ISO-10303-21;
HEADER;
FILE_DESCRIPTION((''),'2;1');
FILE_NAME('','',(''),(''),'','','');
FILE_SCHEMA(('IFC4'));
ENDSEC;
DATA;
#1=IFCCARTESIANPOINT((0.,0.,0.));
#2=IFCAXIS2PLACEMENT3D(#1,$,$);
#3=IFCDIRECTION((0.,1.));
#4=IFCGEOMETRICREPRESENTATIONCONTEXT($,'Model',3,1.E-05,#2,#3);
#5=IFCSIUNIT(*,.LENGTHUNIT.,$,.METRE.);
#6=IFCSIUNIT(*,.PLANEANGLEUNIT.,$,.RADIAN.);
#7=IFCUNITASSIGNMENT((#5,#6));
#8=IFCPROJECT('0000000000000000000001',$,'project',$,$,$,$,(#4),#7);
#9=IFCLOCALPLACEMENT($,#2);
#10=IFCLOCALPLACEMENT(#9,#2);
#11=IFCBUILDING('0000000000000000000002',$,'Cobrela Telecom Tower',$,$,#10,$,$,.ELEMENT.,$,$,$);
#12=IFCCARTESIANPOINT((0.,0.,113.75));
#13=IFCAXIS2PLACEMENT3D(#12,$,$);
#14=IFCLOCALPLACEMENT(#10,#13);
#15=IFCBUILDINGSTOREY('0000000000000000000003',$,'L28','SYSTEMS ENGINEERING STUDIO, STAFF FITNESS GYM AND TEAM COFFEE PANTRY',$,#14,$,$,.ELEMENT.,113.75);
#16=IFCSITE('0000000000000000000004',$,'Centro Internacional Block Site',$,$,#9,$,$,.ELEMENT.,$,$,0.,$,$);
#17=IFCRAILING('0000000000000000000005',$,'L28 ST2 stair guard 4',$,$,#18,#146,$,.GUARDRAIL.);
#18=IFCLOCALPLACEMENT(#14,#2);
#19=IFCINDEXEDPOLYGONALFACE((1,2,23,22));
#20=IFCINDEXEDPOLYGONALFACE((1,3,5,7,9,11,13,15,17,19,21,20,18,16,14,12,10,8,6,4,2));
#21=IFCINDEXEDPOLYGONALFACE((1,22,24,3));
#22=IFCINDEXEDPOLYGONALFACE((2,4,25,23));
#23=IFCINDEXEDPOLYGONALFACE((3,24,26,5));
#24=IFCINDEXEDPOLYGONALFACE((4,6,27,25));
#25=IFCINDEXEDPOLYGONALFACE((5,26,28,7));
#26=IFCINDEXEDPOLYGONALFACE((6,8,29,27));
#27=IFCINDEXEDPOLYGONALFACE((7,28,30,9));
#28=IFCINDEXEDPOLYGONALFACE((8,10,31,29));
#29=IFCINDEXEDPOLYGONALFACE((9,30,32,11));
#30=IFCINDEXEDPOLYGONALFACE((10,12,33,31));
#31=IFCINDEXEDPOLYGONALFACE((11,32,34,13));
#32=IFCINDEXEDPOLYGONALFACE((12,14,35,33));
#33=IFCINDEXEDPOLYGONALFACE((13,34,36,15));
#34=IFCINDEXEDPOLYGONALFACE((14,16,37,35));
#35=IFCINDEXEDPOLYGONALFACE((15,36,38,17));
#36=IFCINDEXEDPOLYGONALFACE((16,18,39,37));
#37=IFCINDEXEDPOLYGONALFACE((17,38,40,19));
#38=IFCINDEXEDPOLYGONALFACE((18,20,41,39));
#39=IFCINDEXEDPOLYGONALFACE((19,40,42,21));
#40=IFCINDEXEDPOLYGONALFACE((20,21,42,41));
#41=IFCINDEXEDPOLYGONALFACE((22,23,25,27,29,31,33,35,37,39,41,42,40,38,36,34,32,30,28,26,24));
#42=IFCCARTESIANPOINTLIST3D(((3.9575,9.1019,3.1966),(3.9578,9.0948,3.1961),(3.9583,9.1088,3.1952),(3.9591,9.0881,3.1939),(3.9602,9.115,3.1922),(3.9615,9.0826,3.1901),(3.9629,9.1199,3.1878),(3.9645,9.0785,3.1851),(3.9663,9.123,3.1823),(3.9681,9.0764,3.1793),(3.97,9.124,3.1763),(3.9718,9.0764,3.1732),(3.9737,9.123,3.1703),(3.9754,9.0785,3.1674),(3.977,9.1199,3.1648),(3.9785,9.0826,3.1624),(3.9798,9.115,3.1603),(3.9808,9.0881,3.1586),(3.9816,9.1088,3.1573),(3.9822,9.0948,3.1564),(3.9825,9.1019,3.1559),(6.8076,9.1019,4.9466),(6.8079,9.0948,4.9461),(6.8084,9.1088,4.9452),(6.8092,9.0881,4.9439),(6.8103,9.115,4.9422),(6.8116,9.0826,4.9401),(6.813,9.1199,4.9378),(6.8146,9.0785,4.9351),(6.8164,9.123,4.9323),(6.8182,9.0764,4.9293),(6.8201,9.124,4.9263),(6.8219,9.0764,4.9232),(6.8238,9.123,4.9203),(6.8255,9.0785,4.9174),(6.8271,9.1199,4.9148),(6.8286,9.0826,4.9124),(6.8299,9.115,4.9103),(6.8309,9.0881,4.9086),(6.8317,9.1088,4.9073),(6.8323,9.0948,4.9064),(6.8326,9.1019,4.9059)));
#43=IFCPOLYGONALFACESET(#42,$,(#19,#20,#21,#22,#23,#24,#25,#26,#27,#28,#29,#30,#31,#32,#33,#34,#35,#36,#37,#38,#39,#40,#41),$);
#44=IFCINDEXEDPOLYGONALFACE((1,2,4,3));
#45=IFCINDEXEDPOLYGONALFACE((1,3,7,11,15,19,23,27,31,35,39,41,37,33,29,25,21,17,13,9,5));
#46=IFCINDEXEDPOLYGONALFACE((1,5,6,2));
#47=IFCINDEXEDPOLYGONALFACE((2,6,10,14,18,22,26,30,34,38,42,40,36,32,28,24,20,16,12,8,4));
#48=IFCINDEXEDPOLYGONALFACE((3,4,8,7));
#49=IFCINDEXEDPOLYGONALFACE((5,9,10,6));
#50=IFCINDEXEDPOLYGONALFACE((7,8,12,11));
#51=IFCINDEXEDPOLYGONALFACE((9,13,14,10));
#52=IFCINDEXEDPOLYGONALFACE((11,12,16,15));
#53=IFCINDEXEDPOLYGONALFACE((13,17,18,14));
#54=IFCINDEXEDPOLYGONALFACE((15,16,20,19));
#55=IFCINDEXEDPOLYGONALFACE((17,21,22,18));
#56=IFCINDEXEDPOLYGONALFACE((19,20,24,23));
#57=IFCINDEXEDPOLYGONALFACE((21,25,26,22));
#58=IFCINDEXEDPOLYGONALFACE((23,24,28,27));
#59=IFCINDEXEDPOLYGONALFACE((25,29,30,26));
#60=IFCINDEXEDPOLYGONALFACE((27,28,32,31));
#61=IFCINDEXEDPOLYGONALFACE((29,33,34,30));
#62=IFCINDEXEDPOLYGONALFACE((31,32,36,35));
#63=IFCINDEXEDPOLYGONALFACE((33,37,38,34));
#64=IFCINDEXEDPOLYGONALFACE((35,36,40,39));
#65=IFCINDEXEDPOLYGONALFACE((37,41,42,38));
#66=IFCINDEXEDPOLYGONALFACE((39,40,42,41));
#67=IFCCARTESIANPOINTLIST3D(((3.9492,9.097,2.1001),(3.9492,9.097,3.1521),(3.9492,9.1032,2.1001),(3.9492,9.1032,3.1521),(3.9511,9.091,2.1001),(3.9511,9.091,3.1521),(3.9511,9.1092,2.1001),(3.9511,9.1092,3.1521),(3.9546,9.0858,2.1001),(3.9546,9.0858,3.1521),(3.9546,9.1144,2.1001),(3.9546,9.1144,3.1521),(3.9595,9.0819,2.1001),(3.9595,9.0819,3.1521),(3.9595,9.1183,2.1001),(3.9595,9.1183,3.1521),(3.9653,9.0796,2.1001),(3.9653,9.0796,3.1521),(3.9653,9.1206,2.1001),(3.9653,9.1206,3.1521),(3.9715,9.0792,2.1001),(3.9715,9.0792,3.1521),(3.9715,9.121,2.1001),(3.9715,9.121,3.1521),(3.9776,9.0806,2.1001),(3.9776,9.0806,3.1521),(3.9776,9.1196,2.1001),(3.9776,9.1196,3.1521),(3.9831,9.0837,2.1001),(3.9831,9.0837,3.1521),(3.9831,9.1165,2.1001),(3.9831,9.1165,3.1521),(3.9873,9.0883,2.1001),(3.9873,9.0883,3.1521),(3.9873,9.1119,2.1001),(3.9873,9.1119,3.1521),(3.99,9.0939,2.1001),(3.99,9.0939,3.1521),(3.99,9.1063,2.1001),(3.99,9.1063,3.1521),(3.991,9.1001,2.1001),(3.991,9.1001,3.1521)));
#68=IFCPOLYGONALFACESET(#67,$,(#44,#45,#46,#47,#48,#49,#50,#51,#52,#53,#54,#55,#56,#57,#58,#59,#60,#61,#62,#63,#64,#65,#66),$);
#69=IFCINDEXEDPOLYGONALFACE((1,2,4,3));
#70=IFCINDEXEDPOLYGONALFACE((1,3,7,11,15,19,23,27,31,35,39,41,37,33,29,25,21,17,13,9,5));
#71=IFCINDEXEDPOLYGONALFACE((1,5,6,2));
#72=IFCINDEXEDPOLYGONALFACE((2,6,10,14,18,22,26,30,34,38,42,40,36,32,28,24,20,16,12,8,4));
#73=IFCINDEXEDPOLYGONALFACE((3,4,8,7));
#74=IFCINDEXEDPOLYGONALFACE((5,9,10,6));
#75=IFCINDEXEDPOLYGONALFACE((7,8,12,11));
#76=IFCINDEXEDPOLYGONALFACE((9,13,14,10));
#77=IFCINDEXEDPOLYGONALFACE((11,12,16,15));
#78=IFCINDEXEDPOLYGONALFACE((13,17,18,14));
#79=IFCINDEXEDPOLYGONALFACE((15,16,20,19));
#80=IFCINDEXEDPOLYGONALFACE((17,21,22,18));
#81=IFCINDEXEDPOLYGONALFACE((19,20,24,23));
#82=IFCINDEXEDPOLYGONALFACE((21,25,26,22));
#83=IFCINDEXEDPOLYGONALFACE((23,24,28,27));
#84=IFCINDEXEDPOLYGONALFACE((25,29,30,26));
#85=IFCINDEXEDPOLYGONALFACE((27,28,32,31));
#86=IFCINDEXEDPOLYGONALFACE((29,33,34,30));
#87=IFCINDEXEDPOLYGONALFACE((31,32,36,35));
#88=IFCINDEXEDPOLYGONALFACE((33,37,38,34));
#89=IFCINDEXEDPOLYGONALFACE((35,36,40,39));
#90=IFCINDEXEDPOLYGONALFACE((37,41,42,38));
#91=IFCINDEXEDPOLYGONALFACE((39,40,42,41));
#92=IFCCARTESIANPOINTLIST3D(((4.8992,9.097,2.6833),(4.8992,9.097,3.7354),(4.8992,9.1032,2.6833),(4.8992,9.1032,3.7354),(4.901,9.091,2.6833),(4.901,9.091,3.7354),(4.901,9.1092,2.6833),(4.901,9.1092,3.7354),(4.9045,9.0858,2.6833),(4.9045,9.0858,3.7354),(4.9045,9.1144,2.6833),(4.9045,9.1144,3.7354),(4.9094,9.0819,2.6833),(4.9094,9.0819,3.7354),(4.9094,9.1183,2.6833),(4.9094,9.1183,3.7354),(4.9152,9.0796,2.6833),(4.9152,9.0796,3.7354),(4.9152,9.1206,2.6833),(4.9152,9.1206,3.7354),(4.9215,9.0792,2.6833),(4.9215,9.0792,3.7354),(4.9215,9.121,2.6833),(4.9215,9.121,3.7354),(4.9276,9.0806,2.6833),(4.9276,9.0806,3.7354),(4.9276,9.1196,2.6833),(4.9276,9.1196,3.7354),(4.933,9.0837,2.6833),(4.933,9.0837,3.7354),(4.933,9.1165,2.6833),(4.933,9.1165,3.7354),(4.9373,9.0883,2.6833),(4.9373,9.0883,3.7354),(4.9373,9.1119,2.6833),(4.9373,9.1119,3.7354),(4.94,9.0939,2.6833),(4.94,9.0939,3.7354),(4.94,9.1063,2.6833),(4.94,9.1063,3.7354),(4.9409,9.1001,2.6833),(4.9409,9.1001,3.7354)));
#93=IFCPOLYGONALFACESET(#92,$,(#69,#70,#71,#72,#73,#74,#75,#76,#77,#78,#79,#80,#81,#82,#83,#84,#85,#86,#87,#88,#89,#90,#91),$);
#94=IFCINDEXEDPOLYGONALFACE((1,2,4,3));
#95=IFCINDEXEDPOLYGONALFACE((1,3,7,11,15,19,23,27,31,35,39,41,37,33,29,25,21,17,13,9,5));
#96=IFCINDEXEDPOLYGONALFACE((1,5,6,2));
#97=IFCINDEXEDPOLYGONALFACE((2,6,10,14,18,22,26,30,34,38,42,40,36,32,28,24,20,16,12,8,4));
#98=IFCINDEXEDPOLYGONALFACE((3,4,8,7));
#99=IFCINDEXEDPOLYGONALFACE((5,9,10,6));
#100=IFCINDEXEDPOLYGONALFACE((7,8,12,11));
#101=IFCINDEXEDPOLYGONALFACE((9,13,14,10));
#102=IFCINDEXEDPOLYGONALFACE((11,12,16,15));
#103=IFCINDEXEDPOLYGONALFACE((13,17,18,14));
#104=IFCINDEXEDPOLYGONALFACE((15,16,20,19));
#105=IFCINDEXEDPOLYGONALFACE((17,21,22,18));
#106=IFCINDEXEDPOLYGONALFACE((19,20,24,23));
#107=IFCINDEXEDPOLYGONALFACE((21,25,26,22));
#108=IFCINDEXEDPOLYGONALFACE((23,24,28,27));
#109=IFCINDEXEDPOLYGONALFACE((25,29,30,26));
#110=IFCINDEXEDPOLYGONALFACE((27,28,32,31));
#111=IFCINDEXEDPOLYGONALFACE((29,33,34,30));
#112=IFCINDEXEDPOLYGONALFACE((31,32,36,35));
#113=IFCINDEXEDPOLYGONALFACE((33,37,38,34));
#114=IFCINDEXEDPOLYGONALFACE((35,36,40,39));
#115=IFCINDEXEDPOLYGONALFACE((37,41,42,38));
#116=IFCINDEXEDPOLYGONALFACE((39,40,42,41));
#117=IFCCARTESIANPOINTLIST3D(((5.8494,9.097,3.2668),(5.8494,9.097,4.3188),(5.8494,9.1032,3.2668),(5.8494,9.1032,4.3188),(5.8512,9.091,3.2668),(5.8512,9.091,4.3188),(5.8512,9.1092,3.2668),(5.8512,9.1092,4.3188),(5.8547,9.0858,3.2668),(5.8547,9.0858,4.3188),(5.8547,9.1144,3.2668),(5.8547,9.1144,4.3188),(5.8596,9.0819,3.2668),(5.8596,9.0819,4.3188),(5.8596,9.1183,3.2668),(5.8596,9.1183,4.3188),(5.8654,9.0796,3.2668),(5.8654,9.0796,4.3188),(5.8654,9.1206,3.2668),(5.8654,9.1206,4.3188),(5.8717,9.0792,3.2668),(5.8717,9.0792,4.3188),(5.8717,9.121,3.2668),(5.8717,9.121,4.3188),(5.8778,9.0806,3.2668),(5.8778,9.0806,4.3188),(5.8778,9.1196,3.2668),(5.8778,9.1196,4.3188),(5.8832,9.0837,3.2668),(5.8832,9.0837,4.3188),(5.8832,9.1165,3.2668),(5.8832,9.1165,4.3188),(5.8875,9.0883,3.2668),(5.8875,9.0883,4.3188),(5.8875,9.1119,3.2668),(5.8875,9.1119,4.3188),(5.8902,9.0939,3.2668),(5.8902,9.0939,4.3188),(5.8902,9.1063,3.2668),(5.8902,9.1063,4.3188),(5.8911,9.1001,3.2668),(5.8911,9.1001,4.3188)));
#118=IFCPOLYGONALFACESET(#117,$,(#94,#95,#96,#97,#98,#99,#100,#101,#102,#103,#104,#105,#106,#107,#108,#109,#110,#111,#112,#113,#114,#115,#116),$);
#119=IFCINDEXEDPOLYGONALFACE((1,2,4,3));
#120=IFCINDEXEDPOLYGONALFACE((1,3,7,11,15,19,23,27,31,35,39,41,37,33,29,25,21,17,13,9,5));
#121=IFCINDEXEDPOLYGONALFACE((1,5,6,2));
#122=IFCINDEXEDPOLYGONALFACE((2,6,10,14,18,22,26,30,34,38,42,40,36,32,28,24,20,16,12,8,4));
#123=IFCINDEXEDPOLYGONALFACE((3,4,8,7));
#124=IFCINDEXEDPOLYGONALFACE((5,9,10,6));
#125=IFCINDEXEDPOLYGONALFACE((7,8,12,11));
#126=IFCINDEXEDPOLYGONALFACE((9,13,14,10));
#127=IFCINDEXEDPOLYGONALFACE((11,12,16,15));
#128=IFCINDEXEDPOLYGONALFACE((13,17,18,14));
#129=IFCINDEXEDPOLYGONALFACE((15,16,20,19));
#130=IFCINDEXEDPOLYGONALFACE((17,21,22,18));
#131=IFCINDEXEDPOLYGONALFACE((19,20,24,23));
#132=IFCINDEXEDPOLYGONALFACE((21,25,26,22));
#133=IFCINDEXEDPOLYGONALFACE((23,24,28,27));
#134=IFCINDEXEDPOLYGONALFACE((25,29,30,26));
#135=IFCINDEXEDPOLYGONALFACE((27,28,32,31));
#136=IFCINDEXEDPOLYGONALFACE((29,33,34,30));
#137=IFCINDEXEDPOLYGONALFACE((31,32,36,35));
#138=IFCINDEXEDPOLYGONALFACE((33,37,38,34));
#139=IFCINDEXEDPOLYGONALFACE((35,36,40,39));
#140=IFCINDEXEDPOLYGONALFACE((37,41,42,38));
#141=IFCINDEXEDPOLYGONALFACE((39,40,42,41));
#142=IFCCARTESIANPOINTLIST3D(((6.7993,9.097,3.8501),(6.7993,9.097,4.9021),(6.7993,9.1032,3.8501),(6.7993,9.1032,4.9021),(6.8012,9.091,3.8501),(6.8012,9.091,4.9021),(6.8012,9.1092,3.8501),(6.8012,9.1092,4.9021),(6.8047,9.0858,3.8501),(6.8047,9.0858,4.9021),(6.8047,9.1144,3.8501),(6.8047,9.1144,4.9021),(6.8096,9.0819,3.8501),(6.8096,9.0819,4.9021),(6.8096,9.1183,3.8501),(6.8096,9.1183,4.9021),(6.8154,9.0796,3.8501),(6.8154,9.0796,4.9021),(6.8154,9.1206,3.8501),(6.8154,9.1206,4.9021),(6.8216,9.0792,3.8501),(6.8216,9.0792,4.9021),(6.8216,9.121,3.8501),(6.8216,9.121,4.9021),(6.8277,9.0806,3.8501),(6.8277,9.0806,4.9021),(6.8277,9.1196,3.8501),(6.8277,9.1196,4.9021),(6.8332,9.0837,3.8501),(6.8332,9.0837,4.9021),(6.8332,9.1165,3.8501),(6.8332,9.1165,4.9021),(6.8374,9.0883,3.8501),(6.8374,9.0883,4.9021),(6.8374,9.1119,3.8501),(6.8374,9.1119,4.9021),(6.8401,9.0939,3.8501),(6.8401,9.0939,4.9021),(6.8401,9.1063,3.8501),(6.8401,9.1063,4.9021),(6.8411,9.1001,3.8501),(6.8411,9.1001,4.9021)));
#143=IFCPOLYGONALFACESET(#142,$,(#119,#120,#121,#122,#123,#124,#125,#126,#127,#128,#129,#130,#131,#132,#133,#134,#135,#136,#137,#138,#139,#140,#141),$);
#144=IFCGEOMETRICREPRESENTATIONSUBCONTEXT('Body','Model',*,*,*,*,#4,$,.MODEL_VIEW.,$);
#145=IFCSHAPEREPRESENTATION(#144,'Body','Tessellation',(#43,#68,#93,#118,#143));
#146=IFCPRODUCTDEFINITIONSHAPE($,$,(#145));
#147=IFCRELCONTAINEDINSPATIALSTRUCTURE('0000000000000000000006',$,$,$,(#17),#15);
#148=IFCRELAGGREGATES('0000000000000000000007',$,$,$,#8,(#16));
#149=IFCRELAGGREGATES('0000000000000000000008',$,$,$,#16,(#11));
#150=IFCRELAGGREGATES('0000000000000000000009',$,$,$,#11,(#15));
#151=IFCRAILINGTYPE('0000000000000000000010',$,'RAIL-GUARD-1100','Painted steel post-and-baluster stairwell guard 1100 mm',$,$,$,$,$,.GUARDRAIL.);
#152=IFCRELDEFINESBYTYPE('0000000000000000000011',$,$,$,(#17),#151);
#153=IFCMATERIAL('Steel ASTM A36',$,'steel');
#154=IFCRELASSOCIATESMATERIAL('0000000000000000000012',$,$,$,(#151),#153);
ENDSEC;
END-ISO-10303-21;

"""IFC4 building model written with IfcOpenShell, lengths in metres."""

from ifc_helpers import new_model, si_unit, direction, frame, origin, origin_2d, place, context, subcontext, project, spatial, circle, extrude, material, type_object, element, save


model = new_model("IFC4")

# Units and contexts
model_context = context("Model", 3, precision=1e-05, world=origin(), true_north=direction((0.0, 1.0)))
body_context = subcontext(model_context, "Body", "Model", "MODEL_VIEW")
ifc_project = project(units=[si_unit("LENGTHUNIT", "METRE"), si_unit("PLANEANGLEUNIT", "RADIAN")], contexts=[model_context])

# Site, building, storey
site_placement = place(None, origin())
site = spatial("IfcSite", under=ifc_project, at=site_placement, Name="Centro Internacional Block Site", CompositionType="ELEMENT", RefElevation=0.0)
building_placement = place(site_placement, origin())
building = spatial("IfcBuilding", under=site, at=building_placement, Name="Cobrela Telecom Tower", CompositionType="ELEMENT")
storey_placement = place(building_placement, frame((0.0, 0.0, 113.75)))
storey = spatial("IfcBuildingStorey", under=building, at=storey_placement, Name="L28", Description="SYSTEMS ENGINEERING STUDIO, STAFF FITNESS GYM AND TEAM COFFEE PANTRY", CompositionType="ELEMENT", Elevation=113.75)

# Railing
ifc_material_1 = material(Name="Steel ASTM A36", Category="steel")
railing_type_1 = type_object("IfcRailingType", Name="RAIL-GUARD-1100", Description="Painted steel post-and-baluster stairwell guard 1100 mm", PredefinedType="GUARDRAIL", material=ifc_material_1)
railing_1_placement = place(storey_placement, frame((3.97, 9.1001, 2.1001)))
element("IfcRailing", 1, at=railing_1_placement, inside=storey, type_object=railing_type_1, Name="L28 ST2 stair guard 4", PredefinedType="GUARDRAIL", context=body_context, shape_type="SweptSolid", body=[
    extrude(circle(Radius=0.0239, at=origin_2d()), frame((0.0, 0.0, 1.0762), z_axis=(0.852179, 0.0, 0.52325), x_axis=(0.0, 1.0, 0.0)), (0.0, 0.0, 1.0), 3.3445),
    extrude(circle(Radius=0.021, at=origin_2d()), origin(), (0.0, 0.0, 1.0), 1.052),
    extrude(circle(Radius=0.021, at=origin_2d()), frame((0.95, 0.0, 0.5833)), (0.0, 0.0, 1.0), 1.052),
    extrude(circle(Radius=0.021, at=origin_2d()), frame((1.9001, 0.0, 1.1667)), (0.0, 0.0, 1.0), 1.052),
    extrude(circle(Radius=0.021, at=origin_2d()), frame((2.8501, 0.0, 1.75)), (0.0, 0.0, 1.0), 1.052),
])

save(model, "model.ifc")
